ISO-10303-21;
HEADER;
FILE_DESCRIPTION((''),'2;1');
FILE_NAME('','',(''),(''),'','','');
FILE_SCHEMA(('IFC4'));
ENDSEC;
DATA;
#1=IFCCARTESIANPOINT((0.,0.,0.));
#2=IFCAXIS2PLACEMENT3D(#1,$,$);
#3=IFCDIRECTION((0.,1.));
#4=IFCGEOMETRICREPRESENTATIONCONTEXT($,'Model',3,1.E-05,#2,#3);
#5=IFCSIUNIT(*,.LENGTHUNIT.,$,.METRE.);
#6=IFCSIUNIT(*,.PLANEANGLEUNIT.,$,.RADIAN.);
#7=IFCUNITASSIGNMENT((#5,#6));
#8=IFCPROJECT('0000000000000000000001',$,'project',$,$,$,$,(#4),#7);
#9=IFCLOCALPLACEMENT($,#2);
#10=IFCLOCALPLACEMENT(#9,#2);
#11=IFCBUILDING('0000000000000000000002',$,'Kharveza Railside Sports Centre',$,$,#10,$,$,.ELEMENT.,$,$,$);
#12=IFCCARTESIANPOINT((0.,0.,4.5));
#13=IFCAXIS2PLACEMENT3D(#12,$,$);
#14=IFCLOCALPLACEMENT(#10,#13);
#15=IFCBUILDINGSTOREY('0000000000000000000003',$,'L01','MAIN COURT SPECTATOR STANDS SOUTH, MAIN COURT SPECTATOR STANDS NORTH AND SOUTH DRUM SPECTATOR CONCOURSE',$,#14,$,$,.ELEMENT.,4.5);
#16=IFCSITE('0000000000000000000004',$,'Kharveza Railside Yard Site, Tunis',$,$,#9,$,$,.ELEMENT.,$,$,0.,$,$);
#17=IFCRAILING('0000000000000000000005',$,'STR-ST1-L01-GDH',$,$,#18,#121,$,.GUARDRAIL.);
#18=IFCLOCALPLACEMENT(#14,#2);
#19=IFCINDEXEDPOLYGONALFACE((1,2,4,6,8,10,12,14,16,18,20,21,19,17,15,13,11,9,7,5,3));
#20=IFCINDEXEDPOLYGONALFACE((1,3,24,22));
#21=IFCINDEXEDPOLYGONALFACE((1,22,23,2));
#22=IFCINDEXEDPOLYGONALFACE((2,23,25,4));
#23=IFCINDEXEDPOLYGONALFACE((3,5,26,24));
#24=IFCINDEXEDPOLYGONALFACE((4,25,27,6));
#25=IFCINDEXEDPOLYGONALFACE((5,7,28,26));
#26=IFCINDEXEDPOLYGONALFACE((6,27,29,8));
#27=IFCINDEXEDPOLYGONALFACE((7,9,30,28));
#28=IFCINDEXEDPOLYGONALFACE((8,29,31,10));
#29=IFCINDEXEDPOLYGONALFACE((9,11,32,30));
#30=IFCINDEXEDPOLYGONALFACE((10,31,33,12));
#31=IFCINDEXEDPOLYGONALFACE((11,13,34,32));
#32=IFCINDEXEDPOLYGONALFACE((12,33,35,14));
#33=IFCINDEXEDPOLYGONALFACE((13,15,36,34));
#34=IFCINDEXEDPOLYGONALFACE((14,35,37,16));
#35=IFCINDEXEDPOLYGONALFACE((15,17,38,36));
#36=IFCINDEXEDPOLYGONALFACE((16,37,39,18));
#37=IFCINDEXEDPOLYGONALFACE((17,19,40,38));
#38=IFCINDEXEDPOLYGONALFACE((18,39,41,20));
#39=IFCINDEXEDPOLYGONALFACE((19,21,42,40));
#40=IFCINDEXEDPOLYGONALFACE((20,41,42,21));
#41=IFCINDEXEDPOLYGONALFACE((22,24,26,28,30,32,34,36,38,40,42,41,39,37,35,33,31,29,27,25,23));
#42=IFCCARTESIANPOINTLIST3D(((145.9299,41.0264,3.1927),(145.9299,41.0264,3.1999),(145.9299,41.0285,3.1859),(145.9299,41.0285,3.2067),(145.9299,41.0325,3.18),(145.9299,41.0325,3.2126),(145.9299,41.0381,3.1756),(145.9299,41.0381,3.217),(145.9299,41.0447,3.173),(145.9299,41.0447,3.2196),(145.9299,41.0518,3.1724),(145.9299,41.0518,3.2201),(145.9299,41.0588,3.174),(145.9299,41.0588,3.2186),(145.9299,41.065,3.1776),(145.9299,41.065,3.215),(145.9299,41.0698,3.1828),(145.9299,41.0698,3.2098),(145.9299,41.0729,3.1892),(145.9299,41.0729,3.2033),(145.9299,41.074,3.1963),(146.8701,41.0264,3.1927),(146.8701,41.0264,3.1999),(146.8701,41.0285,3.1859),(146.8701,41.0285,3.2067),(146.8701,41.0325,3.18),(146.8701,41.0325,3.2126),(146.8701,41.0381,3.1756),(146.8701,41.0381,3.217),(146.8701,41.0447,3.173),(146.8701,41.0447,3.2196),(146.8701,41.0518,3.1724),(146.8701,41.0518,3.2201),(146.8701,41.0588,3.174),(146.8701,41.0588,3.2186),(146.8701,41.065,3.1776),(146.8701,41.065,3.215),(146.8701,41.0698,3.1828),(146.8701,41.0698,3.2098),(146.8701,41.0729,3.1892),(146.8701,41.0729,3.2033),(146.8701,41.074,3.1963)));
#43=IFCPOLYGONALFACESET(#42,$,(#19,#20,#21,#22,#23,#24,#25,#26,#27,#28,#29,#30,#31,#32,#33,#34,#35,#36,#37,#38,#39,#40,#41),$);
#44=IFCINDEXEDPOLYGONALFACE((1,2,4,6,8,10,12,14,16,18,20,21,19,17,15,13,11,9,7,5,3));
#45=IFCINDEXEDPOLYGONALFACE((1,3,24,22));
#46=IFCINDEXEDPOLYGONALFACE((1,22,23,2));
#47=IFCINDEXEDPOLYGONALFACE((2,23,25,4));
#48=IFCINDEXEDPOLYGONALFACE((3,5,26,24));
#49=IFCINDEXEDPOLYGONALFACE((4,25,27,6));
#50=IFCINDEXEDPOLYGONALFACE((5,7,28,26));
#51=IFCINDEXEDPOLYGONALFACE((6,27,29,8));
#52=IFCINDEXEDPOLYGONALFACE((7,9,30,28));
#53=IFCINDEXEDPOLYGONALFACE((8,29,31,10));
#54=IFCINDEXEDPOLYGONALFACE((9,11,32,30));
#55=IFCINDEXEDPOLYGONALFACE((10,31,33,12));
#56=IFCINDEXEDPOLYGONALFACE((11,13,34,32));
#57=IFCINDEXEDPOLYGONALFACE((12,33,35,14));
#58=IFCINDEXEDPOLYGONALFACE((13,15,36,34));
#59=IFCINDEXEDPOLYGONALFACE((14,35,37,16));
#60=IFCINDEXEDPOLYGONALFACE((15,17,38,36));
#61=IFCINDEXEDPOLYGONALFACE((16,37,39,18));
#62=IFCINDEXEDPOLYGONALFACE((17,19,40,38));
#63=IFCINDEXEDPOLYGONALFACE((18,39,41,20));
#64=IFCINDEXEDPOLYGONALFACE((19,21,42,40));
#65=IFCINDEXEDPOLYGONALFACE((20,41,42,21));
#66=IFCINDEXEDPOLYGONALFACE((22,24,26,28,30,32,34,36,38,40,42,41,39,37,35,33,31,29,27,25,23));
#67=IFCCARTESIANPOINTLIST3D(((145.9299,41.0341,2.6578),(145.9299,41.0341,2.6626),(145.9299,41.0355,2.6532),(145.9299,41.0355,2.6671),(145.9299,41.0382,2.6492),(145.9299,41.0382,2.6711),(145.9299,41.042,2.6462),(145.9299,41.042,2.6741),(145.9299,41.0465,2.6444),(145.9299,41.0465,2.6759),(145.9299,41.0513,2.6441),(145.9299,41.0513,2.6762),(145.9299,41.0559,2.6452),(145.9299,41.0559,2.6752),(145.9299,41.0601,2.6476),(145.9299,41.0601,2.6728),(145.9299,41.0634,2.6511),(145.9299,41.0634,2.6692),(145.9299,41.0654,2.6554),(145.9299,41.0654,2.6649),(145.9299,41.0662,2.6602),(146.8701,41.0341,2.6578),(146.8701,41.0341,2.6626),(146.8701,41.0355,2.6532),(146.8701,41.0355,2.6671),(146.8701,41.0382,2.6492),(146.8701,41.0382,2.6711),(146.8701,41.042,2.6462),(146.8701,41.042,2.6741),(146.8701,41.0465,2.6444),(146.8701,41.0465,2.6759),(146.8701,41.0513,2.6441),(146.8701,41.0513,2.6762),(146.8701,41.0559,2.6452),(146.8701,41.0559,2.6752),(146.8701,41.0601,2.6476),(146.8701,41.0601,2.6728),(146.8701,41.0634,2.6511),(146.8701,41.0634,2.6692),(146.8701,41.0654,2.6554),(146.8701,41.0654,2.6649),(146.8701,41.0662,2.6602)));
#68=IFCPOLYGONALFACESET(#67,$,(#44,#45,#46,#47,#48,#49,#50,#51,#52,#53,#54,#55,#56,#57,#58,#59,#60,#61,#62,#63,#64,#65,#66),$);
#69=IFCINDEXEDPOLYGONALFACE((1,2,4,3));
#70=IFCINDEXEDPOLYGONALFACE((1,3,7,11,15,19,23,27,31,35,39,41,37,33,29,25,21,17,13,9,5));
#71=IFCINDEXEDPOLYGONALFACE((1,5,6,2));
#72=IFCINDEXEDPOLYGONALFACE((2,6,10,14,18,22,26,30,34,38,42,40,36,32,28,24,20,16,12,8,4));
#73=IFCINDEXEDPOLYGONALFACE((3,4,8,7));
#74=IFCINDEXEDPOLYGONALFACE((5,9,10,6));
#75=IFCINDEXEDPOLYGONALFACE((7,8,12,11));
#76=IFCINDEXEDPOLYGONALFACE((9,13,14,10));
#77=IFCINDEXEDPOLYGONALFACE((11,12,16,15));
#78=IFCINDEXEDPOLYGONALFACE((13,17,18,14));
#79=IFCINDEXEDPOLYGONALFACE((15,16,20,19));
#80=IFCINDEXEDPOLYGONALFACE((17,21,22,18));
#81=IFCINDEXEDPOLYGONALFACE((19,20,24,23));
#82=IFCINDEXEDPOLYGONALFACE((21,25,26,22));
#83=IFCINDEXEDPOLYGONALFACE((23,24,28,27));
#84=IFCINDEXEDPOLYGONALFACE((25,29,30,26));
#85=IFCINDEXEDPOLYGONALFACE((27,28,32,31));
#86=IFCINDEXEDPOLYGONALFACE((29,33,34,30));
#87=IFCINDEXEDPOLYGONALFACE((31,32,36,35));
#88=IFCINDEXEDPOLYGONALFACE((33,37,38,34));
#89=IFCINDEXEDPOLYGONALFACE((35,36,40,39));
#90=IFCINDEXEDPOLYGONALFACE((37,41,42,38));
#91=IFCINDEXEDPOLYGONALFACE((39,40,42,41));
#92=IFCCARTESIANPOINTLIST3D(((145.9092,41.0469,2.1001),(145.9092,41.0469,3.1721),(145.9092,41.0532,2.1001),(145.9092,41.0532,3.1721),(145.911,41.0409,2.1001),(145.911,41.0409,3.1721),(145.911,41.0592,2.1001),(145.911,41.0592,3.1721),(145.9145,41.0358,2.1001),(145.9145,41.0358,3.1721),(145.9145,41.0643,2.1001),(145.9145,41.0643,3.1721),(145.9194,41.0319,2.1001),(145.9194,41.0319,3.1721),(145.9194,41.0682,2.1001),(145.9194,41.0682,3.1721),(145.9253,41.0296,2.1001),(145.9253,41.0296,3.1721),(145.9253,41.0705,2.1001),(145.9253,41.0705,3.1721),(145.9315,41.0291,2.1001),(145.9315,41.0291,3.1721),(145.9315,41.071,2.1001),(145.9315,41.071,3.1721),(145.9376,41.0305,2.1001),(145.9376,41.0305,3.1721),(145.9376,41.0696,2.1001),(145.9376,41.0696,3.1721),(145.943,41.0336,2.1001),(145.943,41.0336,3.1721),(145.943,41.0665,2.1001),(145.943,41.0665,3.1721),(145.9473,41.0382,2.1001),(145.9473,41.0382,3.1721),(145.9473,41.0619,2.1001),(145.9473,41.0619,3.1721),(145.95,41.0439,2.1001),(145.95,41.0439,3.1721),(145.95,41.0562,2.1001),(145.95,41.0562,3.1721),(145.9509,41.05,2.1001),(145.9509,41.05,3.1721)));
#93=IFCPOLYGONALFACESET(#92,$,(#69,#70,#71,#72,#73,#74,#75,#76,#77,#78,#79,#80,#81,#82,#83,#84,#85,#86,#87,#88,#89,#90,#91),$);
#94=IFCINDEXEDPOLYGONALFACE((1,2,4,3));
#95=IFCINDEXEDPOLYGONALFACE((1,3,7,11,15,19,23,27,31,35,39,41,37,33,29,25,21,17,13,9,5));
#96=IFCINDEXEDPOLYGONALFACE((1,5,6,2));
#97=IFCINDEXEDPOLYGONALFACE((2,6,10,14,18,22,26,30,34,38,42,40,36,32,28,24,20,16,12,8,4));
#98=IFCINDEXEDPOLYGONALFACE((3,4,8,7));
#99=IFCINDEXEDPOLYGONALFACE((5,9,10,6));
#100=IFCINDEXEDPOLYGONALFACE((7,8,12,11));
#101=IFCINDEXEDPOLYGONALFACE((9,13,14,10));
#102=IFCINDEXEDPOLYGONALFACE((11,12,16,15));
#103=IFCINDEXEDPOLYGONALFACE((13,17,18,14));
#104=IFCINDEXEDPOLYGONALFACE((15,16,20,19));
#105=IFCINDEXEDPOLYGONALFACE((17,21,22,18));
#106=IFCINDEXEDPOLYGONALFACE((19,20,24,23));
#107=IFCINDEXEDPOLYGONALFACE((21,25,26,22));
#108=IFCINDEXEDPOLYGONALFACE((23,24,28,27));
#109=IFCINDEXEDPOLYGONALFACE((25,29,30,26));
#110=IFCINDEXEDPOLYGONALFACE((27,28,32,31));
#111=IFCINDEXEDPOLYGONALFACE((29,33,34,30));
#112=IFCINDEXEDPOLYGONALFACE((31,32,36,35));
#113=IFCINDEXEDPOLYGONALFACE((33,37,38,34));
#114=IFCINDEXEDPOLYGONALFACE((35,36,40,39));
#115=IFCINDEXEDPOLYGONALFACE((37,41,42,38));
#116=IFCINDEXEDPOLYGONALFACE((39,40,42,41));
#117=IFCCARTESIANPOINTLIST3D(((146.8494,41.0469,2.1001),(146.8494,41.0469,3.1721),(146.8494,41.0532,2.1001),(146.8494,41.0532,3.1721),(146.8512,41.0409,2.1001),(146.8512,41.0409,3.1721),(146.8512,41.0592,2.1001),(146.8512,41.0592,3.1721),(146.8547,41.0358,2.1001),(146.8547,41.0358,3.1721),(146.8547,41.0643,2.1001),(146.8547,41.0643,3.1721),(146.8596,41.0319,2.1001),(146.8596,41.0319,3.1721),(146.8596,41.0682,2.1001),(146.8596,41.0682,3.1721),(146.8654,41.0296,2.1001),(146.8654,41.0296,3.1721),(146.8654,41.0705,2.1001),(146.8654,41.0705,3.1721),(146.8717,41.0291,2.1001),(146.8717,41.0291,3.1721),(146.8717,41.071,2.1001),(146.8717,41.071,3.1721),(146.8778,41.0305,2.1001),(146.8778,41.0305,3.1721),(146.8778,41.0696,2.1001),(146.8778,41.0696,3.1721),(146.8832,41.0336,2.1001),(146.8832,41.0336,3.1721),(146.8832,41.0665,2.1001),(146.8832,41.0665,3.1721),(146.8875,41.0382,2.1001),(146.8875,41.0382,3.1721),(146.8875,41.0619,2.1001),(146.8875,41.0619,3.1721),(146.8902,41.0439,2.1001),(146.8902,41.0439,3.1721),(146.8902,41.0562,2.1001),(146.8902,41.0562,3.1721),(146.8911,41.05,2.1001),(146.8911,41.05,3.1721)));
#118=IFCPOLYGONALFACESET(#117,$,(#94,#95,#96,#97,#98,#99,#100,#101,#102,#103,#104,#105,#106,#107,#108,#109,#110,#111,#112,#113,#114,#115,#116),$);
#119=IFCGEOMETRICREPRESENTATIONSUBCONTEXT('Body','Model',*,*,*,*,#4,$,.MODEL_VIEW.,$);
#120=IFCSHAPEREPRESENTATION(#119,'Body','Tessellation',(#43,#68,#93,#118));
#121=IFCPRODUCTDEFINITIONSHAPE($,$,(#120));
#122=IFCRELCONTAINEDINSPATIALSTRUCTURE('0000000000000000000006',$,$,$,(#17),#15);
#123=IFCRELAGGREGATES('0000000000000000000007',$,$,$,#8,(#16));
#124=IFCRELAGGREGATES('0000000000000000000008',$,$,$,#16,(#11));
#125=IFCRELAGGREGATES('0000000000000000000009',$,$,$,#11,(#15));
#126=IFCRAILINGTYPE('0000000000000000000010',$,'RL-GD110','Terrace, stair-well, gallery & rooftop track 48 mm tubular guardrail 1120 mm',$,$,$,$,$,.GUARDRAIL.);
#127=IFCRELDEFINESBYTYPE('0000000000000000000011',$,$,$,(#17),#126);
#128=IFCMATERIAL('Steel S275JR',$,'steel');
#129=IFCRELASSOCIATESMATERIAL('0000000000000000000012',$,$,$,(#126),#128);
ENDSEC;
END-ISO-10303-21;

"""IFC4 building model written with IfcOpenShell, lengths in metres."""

from ifc_helpers import new_model, si_unit, direction, frame, origin, origin_2d, place, context, subcontext, project, spatial, circle, extrude, material, type_object, element, save


model = new_model("IFC4")

# Units and contexts
model_context = context("Model", 3, precision=1e-05, world=origin(), true_north=direction((0.0, 1.0)))
body_context = subcontext(model_context, "Body", "Model", "MODEL_VIEW")
ifc_project = project(units=[si_unit("LENGTHUNIT", "METRE"), si_unit("PLANEANGLEUNIT", "RADIAN")], contexts=[model_context])

# Site, building, storey
site_placement = place(None, origin())
site = spatial("IfcSite", under=ifc_project, at=site_placement, Name="Kharveza Railside Yard Site, Tunis", CompositionType="ELEMENT", RefElevation=0.0)
building_placement = place(site_placement, origin())
building = spatial("IfcBuilding", under=site, at=building_placement, Name="Kharveza Railside Sports Centre", CompositionType="ELEMENT")
storey_placement = place(building_placement, frame((0.0, 0.0, 4.5)))
storey = spatial("IfcBuildingStorey", under=building, at=storey_placement, Name="L01", Description="MAIN COURT SPECTATOR STANDS SOUTH, MAIN COURT SPECTATOR STANDS NORTH AND SOUTH DRUM SPECTATOR CONCOURSE", CompositionType="ELEMENT", Elevation=4.5)

# Railing
ifc_material_1 = material(Name="Steel S275JR", Category="steel")
railing_type_1 = type_object("IfcRailingType", Name="RL-GD110", Description="Terrace, stair-well, gallery & rooftop track 48 mm tubular guardrail 1120 mm", PredefinedType="GUARDRAIL", material=ifc_material_1)
railing_1_placement = place(storey_placement, frame((145.9299, 41.05, 2.1001)))
element("IfcRailing", 1, at=railing_1_placement, inside=storey, type_object=railing_type_1, Name="STR-ST1-L01-GDH", PredefinedType="GUARDRAIL", context=body_context, shape_type="SweptSolid", body=[
    extrude(circle(Radius=0.0239, at=origin_2d()), frame((0.0, 0.0, 1.0962), z_axis=(1.0, 0.0, 0.0), x_axis=(0.0, 1.0, 0.0)), (0.0, 0.0, 1.0), 0.9402),
    extrude(circle(Radius=0.0161, at=origin_2d()), frame((0.0, 0.0, 0.5601), z_axis=(1.0, 0.0, 0.0), x_axis=(0.0, 1.0, 0.0)), (0.0, 0.0, 1.0), 0.9402),
    extrude(circle(Radius=0.021, at=origin_2d()), origin(), (0.0, 0.0, 1.0), 1.072),
    extrude(circle(Radius=0.021, at=origin_2d()), frame((0.9402, 0.0, 0.0)), (0.0, 0.0, 1.0), 1.072),
])

save(model, "model.ifc")
